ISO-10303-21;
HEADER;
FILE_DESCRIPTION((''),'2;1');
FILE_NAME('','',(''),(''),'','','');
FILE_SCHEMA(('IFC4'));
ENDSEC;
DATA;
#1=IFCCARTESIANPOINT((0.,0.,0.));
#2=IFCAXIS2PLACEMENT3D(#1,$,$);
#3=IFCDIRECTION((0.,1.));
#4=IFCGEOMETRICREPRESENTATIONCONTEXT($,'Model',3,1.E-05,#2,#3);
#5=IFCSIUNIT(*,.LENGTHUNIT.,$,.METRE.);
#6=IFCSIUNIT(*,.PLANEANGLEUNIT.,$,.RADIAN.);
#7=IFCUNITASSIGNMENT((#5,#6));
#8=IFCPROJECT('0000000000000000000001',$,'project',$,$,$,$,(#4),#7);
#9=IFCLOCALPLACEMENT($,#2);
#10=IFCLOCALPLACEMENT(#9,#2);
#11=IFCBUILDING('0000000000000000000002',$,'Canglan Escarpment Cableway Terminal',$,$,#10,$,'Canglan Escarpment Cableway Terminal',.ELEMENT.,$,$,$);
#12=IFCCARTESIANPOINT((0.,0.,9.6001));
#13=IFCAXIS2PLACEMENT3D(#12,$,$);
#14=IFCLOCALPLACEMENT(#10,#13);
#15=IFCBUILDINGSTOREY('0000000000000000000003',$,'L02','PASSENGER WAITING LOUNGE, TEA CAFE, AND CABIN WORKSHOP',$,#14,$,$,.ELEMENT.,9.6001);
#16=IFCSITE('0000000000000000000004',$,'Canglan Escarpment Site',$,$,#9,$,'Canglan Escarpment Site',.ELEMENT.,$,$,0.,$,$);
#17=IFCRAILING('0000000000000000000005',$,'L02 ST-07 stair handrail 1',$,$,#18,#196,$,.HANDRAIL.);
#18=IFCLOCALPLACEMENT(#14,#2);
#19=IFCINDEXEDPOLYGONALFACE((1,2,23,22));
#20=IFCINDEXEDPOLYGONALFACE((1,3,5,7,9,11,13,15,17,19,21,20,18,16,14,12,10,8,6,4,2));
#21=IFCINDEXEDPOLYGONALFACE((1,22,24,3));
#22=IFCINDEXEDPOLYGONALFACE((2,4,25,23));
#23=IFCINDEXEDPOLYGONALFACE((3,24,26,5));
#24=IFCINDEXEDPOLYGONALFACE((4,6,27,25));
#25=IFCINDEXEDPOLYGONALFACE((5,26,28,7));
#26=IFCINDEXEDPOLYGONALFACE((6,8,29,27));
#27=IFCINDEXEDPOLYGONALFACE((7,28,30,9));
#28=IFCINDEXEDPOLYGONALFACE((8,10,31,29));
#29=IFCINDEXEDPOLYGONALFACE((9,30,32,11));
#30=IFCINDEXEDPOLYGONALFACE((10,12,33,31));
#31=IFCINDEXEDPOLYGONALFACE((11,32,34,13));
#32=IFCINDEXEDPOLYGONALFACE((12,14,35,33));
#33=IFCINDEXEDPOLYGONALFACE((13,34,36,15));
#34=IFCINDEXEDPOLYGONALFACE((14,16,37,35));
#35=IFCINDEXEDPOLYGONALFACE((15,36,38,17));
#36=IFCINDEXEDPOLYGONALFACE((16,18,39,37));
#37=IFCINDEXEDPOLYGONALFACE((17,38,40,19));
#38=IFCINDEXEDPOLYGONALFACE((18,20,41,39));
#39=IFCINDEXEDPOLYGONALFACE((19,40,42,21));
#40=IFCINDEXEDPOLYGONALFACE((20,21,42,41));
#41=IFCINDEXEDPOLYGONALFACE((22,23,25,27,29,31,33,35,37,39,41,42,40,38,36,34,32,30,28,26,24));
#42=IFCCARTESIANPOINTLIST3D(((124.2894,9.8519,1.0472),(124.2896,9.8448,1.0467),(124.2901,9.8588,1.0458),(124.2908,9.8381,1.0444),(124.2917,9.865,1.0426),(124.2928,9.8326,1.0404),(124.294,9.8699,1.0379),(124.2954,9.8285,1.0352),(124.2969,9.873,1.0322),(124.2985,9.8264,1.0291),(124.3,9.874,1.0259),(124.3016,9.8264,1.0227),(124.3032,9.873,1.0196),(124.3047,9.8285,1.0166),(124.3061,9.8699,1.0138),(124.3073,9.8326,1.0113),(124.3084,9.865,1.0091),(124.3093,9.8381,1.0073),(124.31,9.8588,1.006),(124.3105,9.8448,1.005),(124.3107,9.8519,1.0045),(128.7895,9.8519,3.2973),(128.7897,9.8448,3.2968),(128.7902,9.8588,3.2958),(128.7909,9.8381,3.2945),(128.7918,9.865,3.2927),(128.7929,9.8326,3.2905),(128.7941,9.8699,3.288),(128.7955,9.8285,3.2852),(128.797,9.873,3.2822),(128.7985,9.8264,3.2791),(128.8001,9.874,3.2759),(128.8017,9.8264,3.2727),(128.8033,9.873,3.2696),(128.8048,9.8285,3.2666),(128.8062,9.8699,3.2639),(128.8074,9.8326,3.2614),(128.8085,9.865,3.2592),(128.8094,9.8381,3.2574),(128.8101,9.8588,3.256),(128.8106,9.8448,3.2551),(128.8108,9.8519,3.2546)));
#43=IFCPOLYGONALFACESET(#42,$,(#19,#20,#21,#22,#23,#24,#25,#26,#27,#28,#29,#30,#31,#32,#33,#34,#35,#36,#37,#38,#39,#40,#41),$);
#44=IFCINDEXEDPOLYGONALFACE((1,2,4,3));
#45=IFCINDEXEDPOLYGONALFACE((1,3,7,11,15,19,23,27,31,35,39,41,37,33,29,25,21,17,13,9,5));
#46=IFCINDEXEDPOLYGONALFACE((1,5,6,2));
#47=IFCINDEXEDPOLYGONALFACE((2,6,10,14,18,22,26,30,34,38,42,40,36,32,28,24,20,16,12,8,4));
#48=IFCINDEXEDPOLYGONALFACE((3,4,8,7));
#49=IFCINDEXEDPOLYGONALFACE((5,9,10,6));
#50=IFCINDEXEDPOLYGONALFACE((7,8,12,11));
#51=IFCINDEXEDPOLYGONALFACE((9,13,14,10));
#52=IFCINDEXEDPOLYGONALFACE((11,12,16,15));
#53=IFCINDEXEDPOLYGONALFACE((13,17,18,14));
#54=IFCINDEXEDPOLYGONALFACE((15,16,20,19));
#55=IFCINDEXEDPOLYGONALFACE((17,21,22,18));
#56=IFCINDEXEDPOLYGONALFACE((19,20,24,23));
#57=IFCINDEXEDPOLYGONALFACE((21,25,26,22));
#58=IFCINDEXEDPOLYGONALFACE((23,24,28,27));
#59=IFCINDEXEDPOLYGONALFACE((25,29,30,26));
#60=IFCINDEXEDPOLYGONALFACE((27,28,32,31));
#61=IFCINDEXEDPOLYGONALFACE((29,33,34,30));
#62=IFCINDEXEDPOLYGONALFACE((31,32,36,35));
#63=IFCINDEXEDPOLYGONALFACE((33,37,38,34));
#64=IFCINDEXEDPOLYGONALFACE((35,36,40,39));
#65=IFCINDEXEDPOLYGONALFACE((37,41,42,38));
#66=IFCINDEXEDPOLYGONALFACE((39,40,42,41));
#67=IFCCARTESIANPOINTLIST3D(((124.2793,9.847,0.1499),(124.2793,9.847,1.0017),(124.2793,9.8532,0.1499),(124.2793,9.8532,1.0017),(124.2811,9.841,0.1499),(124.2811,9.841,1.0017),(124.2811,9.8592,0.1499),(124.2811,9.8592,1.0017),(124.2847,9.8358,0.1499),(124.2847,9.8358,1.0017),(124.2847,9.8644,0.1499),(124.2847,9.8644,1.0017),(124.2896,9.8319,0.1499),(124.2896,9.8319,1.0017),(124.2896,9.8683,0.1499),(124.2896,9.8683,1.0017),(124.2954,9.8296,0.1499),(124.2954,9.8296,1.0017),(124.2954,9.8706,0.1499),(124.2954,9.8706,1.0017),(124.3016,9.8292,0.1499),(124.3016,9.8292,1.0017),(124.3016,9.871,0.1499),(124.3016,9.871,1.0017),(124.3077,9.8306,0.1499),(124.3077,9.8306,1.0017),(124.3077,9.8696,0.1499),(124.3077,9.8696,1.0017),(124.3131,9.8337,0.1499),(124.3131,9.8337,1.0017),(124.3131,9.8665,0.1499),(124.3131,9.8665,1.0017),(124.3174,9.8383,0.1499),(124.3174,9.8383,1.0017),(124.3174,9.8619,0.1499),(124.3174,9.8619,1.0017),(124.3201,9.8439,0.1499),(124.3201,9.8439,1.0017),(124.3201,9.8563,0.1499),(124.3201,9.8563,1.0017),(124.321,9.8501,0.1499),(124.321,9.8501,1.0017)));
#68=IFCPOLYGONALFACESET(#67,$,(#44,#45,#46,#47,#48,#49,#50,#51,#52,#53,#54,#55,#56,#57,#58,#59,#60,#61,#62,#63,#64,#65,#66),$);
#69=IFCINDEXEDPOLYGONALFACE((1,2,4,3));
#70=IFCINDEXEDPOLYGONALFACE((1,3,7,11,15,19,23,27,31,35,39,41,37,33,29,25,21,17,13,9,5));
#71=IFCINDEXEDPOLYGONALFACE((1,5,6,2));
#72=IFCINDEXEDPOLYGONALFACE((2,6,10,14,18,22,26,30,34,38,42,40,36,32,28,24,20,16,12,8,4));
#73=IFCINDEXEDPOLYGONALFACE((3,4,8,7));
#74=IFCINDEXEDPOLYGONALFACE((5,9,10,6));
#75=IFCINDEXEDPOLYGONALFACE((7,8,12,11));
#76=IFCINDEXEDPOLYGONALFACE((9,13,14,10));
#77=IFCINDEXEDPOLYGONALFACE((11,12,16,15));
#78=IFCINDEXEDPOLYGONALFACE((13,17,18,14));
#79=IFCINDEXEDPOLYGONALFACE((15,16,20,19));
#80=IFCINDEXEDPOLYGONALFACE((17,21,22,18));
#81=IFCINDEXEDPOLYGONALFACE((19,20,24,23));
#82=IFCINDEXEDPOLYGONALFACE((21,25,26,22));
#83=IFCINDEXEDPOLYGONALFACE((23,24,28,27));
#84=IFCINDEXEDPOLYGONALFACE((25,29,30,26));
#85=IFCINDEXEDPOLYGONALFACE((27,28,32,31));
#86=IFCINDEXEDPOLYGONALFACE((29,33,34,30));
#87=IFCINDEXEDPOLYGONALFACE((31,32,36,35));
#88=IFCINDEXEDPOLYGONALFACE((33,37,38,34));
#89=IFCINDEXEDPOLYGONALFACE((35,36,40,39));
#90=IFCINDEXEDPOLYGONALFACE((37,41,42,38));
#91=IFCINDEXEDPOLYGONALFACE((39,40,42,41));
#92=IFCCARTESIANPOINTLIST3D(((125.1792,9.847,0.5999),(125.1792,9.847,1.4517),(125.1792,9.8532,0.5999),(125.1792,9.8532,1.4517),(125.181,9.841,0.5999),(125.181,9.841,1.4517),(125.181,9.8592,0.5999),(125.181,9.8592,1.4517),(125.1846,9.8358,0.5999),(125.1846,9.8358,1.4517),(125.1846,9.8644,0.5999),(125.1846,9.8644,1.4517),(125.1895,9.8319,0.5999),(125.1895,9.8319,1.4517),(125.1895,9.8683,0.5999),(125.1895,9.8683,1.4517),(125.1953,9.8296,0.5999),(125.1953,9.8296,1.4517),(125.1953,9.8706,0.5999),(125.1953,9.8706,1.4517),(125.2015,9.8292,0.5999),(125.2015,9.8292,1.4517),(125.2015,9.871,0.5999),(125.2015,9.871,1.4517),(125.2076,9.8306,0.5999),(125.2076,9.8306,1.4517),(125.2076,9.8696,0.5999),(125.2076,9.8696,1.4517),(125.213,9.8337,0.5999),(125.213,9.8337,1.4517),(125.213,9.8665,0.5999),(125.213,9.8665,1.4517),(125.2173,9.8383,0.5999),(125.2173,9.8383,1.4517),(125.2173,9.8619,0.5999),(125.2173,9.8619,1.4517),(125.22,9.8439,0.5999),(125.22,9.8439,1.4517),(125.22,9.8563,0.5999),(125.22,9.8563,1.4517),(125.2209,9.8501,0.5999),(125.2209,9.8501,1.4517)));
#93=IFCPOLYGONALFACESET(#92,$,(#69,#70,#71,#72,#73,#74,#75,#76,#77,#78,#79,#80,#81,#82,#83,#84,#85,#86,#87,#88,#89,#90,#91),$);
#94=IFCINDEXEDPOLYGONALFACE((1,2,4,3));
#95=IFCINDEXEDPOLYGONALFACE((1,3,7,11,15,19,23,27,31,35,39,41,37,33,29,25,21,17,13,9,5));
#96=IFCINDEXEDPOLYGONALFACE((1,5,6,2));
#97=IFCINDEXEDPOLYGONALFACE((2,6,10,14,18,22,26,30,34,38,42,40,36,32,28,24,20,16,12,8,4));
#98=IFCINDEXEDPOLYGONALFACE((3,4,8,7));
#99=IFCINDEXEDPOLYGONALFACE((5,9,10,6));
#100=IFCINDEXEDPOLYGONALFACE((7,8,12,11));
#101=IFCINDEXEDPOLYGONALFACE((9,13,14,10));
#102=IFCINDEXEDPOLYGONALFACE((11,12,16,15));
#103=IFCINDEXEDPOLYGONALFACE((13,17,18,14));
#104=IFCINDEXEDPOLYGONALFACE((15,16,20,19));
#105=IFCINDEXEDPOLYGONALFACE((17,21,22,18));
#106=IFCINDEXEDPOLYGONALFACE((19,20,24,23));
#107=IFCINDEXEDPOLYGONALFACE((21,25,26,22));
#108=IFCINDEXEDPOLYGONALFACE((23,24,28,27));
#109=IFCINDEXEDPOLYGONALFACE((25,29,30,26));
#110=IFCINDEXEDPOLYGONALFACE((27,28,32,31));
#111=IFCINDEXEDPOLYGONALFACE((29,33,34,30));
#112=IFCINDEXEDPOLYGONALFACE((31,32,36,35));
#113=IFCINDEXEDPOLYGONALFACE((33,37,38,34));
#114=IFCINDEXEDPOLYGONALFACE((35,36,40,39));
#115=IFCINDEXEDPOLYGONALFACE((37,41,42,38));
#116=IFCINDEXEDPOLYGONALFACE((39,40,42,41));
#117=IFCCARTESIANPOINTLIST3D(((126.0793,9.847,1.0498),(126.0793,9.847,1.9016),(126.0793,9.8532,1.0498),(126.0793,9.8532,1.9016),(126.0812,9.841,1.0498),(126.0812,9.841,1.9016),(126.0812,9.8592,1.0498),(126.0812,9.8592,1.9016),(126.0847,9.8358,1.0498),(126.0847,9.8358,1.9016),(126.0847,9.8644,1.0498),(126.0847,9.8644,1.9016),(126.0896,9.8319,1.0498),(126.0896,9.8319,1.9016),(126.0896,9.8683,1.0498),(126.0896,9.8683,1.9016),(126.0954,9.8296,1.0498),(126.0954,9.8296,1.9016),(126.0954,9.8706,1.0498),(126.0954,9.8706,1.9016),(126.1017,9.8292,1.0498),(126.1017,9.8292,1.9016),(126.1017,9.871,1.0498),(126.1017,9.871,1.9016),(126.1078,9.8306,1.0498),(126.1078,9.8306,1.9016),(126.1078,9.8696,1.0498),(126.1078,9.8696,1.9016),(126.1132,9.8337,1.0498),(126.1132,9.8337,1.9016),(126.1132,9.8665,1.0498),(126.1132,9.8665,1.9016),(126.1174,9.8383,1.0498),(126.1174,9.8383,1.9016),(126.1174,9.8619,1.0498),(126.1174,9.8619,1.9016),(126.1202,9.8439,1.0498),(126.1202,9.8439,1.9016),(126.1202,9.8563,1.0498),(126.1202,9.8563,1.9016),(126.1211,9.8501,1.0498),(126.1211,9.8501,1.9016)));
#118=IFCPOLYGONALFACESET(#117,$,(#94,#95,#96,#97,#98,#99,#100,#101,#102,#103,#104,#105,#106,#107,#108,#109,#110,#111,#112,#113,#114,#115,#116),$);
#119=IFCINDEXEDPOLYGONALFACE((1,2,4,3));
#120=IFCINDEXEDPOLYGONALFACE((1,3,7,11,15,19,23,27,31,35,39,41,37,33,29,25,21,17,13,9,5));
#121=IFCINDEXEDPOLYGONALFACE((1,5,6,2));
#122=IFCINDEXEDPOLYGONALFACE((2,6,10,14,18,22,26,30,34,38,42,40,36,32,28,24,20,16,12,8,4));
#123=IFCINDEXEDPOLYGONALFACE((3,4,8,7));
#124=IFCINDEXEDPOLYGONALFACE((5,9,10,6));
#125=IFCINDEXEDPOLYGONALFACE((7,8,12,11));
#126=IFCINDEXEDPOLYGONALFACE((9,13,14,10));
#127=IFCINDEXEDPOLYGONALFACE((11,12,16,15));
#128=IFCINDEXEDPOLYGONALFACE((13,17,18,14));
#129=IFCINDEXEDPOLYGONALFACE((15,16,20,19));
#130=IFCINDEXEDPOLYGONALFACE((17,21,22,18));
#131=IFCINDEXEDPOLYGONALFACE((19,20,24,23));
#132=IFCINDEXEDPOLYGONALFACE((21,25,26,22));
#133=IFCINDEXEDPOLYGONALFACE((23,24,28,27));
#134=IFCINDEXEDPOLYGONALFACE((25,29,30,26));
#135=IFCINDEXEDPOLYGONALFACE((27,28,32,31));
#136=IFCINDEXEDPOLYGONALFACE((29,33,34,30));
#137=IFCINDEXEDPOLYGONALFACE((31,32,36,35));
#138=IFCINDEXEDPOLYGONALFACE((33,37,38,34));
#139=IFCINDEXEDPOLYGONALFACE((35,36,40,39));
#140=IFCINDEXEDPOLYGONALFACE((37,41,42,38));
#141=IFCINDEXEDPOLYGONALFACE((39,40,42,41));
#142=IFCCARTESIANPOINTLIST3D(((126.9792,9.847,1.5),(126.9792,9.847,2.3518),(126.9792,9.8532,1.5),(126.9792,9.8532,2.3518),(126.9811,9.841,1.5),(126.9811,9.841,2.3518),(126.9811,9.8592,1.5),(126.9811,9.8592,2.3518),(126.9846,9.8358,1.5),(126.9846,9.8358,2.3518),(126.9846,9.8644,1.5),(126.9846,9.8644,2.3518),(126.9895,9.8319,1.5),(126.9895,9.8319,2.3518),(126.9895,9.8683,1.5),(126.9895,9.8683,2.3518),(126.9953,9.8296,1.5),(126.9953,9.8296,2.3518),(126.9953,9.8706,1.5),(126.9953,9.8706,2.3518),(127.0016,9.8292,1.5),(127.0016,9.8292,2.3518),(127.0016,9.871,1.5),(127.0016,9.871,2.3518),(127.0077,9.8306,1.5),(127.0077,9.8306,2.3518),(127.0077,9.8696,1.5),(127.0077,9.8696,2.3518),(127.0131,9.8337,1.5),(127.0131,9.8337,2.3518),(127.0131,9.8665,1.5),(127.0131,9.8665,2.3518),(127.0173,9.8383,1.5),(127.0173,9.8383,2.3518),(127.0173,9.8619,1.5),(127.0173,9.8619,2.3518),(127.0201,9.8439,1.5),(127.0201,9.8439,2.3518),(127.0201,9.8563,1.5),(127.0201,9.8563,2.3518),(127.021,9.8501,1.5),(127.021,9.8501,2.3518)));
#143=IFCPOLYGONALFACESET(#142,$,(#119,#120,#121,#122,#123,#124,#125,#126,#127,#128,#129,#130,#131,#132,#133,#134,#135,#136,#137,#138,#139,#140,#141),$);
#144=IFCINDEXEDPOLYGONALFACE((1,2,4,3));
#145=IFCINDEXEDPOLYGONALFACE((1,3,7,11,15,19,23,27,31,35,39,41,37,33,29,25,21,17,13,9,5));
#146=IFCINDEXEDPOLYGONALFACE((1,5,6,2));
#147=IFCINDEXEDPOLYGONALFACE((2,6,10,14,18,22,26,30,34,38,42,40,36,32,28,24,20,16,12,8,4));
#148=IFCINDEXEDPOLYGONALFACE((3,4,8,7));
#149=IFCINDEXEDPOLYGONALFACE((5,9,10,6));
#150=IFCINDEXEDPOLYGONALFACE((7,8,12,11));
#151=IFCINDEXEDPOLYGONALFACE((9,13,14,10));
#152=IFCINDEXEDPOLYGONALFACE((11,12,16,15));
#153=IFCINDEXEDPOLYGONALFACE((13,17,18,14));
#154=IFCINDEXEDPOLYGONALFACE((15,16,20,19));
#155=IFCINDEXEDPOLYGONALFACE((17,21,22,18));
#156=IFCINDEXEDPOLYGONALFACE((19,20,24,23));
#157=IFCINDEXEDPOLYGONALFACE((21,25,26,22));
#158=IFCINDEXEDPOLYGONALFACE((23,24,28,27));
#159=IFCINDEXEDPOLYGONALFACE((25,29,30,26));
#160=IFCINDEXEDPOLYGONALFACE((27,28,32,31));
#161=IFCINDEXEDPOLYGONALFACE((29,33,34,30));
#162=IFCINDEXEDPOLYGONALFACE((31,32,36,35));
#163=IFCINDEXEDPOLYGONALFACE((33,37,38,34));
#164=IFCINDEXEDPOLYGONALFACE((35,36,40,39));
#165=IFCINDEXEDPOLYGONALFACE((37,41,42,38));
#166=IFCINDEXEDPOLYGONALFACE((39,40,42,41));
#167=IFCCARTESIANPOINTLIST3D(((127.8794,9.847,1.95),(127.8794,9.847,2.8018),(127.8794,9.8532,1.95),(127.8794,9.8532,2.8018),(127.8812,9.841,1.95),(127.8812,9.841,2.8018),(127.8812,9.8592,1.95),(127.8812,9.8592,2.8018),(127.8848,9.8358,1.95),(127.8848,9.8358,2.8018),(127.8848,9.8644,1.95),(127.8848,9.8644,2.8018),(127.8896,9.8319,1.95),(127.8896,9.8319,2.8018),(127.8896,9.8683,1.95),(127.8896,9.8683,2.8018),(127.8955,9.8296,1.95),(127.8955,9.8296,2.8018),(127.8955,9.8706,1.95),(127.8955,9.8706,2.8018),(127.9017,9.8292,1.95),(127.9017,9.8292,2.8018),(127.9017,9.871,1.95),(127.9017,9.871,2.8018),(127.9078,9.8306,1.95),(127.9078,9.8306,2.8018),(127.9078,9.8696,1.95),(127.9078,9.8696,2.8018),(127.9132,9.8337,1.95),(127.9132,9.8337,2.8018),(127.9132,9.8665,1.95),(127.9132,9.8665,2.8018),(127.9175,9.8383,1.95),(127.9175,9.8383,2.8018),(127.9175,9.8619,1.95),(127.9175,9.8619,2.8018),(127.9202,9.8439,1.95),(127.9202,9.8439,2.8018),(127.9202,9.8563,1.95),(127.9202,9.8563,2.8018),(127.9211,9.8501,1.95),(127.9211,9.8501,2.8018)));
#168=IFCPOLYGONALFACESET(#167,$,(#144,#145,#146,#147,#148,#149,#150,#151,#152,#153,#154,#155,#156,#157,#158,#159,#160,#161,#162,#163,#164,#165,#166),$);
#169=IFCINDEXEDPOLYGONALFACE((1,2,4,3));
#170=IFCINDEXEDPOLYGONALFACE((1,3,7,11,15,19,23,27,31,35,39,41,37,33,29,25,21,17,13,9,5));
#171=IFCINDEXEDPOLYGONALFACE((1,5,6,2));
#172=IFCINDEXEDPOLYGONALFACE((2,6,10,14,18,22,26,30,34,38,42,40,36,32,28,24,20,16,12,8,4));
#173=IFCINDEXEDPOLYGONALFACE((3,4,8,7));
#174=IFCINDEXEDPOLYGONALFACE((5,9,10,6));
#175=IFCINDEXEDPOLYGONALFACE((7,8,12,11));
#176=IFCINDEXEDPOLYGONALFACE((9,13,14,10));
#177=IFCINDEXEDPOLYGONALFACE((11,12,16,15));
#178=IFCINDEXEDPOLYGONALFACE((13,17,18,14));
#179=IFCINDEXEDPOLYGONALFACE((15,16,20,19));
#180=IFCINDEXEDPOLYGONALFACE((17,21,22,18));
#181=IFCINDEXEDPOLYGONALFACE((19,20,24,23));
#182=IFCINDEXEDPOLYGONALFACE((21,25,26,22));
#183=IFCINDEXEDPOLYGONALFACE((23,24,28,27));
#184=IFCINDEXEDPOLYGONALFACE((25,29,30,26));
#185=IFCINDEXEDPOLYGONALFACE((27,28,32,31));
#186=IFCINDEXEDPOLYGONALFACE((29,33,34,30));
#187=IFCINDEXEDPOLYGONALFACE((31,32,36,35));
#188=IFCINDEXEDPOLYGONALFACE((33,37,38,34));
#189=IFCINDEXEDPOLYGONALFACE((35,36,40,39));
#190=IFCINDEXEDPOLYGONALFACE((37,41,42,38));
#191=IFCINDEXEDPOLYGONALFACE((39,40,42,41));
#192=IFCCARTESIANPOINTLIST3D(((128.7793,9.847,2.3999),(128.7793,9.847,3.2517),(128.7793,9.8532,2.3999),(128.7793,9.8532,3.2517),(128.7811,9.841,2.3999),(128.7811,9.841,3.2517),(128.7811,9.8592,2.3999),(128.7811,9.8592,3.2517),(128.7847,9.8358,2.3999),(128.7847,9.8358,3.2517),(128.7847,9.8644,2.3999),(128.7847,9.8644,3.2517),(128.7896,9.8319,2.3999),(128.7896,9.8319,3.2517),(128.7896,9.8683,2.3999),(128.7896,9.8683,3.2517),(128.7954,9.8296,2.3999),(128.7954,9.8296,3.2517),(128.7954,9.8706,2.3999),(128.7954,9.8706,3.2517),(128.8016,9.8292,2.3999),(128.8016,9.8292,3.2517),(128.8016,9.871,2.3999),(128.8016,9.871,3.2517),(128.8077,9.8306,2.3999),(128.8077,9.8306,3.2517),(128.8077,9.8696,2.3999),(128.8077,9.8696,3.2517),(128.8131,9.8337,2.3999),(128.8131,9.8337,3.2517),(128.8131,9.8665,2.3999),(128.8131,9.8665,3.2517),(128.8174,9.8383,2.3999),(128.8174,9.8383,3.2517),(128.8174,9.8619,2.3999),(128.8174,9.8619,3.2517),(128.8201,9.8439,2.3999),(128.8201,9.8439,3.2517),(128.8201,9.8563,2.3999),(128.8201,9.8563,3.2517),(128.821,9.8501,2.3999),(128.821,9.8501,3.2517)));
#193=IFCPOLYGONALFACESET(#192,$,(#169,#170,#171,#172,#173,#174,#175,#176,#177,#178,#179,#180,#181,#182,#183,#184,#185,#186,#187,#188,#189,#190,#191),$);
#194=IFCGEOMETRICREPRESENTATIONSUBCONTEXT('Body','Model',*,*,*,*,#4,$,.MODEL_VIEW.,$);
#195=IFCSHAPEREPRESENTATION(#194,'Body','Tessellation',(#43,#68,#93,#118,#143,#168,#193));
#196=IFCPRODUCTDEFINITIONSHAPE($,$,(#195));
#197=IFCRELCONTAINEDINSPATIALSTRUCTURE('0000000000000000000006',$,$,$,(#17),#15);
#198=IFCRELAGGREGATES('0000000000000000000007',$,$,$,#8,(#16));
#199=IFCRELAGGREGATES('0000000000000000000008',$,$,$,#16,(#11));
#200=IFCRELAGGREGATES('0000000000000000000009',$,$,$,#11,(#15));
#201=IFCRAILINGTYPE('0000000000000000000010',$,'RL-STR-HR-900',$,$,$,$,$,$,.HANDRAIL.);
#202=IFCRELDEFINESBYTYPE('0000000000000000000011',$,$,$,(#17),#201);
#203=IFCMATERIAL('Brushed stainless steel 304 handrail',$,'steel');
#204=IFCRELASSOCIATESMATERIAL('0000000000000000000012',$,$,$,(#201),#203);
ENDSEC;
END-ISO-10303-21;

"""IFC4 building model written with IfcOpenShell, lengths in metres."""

from ifc_helpers import new_model, si_unit, direction, frame, origin, origin_2d, place, context, subcontext, project, spatial, circle, extrude, material, type_object, element, save


model = new_model("IFC4")

# Units and contexts
model_context = context("Model", 3, precision=1e-05, world=origin(), true_north=direction((0.0, 1.0)))
body_context = subcontext(model_context, "Body", "Model", "MODEL_VIEW")
ifc_project = project(units=[si_unit("LENGTHUNIT", "METRE"), si_unit("PLANEANGLEUNIT", "RADIAN")], contexts=[model_context])

# Site, building, storey
site_placement = place(None, origin())
site = spatial("IfcSite", under=ifc_project, at=site_placement, Name="Canglan Escarpment Site", LongName="Canglan Escarpment Site", CompositionType="ELEMENT", RefElevation=0.0)
building_placement = place(site_placement, origin())
building = spatial("IfcBuilding", under=site, at=building_placement, Name="Canglan Escarpment Cableway Terminal", LongName="Canglan Escarpment Cableway Terminal", CompositionType="ELEMENT")
storey_placement = place(building_placement, frame((0.0, 0.0, 9.6001)))
storey = spatial("IfcBuildingStorey", under=building, at=storey_placement, Name="L02", Description="PASSENGER WAITING LOUNGE, TEA CAFE, AND CABIN WORKSHOP", CompositionType="ELEMENT", Elevation=9.6001)

# Railing
ifc_material_1 = material(Name="Brushed stainless steel 304 handrail", Category="steel")
railing_type_1 = type_object("IfcRailingType", Name="RL-STR-HR-900", PredefinedType="HANDRAIL", material=ifc_material_1)
railing_1_placement = place(storey_placement, frame((124.3, 9.8501, 0.1499)))
element("IfcRailing", 1, at=railing_1_placement, inside=storey, type_object=railing_type_1, Name="L02 ST-07 stair handrail 1", PredefinedType="HANDRAIL", context=body_context, shape_type="SweptSolid", body=[
    extrude(circle(Radius=0.0239, at=origin_2d()), frame((0.0, 0.0, 0.876), z_axis=(0.894427, 0.0, 0.447214), x_axis=(0.0, 1.0, 0.0)), (0.0, 0.0, 1.0), 5.0312),
    extrude(circle(Radius=0.021, at=origin_2d()), origin(), (0.0, 0.0, 1.0), 0.8518),
    extrude(circle(Radius=0.021, at=origin_2d()), frame((0.8999, 0.0, 0.45)), (0.0, 0.0, 1.0), 0.8518),
    extrude(circle(Radius=0.021, at=origin_2d()), frame((1.8, 0.0, 0.8999)), (0.0, 0.0, 1.0), 0.8518),
    extrude(circle(Radius=0.021, at=origin_2d()), frame((2.7, 0.0, 1.3501)), (0.0, 0.0, 1.0), 0.8518),
    extrude(circle(Radius=0.021, at=origin_2d()), frame((3.6001, 0.0, 1.8)), (0.0, 0.0, 1.0), 0.8518),
    extrude(circle(Radius=0.021, at=origin_2d()), frame((4.5, 0.0, 2.25)), (0.0, 0.0, 1.0), 0.8518),
])

save(model, "model.ifc")
